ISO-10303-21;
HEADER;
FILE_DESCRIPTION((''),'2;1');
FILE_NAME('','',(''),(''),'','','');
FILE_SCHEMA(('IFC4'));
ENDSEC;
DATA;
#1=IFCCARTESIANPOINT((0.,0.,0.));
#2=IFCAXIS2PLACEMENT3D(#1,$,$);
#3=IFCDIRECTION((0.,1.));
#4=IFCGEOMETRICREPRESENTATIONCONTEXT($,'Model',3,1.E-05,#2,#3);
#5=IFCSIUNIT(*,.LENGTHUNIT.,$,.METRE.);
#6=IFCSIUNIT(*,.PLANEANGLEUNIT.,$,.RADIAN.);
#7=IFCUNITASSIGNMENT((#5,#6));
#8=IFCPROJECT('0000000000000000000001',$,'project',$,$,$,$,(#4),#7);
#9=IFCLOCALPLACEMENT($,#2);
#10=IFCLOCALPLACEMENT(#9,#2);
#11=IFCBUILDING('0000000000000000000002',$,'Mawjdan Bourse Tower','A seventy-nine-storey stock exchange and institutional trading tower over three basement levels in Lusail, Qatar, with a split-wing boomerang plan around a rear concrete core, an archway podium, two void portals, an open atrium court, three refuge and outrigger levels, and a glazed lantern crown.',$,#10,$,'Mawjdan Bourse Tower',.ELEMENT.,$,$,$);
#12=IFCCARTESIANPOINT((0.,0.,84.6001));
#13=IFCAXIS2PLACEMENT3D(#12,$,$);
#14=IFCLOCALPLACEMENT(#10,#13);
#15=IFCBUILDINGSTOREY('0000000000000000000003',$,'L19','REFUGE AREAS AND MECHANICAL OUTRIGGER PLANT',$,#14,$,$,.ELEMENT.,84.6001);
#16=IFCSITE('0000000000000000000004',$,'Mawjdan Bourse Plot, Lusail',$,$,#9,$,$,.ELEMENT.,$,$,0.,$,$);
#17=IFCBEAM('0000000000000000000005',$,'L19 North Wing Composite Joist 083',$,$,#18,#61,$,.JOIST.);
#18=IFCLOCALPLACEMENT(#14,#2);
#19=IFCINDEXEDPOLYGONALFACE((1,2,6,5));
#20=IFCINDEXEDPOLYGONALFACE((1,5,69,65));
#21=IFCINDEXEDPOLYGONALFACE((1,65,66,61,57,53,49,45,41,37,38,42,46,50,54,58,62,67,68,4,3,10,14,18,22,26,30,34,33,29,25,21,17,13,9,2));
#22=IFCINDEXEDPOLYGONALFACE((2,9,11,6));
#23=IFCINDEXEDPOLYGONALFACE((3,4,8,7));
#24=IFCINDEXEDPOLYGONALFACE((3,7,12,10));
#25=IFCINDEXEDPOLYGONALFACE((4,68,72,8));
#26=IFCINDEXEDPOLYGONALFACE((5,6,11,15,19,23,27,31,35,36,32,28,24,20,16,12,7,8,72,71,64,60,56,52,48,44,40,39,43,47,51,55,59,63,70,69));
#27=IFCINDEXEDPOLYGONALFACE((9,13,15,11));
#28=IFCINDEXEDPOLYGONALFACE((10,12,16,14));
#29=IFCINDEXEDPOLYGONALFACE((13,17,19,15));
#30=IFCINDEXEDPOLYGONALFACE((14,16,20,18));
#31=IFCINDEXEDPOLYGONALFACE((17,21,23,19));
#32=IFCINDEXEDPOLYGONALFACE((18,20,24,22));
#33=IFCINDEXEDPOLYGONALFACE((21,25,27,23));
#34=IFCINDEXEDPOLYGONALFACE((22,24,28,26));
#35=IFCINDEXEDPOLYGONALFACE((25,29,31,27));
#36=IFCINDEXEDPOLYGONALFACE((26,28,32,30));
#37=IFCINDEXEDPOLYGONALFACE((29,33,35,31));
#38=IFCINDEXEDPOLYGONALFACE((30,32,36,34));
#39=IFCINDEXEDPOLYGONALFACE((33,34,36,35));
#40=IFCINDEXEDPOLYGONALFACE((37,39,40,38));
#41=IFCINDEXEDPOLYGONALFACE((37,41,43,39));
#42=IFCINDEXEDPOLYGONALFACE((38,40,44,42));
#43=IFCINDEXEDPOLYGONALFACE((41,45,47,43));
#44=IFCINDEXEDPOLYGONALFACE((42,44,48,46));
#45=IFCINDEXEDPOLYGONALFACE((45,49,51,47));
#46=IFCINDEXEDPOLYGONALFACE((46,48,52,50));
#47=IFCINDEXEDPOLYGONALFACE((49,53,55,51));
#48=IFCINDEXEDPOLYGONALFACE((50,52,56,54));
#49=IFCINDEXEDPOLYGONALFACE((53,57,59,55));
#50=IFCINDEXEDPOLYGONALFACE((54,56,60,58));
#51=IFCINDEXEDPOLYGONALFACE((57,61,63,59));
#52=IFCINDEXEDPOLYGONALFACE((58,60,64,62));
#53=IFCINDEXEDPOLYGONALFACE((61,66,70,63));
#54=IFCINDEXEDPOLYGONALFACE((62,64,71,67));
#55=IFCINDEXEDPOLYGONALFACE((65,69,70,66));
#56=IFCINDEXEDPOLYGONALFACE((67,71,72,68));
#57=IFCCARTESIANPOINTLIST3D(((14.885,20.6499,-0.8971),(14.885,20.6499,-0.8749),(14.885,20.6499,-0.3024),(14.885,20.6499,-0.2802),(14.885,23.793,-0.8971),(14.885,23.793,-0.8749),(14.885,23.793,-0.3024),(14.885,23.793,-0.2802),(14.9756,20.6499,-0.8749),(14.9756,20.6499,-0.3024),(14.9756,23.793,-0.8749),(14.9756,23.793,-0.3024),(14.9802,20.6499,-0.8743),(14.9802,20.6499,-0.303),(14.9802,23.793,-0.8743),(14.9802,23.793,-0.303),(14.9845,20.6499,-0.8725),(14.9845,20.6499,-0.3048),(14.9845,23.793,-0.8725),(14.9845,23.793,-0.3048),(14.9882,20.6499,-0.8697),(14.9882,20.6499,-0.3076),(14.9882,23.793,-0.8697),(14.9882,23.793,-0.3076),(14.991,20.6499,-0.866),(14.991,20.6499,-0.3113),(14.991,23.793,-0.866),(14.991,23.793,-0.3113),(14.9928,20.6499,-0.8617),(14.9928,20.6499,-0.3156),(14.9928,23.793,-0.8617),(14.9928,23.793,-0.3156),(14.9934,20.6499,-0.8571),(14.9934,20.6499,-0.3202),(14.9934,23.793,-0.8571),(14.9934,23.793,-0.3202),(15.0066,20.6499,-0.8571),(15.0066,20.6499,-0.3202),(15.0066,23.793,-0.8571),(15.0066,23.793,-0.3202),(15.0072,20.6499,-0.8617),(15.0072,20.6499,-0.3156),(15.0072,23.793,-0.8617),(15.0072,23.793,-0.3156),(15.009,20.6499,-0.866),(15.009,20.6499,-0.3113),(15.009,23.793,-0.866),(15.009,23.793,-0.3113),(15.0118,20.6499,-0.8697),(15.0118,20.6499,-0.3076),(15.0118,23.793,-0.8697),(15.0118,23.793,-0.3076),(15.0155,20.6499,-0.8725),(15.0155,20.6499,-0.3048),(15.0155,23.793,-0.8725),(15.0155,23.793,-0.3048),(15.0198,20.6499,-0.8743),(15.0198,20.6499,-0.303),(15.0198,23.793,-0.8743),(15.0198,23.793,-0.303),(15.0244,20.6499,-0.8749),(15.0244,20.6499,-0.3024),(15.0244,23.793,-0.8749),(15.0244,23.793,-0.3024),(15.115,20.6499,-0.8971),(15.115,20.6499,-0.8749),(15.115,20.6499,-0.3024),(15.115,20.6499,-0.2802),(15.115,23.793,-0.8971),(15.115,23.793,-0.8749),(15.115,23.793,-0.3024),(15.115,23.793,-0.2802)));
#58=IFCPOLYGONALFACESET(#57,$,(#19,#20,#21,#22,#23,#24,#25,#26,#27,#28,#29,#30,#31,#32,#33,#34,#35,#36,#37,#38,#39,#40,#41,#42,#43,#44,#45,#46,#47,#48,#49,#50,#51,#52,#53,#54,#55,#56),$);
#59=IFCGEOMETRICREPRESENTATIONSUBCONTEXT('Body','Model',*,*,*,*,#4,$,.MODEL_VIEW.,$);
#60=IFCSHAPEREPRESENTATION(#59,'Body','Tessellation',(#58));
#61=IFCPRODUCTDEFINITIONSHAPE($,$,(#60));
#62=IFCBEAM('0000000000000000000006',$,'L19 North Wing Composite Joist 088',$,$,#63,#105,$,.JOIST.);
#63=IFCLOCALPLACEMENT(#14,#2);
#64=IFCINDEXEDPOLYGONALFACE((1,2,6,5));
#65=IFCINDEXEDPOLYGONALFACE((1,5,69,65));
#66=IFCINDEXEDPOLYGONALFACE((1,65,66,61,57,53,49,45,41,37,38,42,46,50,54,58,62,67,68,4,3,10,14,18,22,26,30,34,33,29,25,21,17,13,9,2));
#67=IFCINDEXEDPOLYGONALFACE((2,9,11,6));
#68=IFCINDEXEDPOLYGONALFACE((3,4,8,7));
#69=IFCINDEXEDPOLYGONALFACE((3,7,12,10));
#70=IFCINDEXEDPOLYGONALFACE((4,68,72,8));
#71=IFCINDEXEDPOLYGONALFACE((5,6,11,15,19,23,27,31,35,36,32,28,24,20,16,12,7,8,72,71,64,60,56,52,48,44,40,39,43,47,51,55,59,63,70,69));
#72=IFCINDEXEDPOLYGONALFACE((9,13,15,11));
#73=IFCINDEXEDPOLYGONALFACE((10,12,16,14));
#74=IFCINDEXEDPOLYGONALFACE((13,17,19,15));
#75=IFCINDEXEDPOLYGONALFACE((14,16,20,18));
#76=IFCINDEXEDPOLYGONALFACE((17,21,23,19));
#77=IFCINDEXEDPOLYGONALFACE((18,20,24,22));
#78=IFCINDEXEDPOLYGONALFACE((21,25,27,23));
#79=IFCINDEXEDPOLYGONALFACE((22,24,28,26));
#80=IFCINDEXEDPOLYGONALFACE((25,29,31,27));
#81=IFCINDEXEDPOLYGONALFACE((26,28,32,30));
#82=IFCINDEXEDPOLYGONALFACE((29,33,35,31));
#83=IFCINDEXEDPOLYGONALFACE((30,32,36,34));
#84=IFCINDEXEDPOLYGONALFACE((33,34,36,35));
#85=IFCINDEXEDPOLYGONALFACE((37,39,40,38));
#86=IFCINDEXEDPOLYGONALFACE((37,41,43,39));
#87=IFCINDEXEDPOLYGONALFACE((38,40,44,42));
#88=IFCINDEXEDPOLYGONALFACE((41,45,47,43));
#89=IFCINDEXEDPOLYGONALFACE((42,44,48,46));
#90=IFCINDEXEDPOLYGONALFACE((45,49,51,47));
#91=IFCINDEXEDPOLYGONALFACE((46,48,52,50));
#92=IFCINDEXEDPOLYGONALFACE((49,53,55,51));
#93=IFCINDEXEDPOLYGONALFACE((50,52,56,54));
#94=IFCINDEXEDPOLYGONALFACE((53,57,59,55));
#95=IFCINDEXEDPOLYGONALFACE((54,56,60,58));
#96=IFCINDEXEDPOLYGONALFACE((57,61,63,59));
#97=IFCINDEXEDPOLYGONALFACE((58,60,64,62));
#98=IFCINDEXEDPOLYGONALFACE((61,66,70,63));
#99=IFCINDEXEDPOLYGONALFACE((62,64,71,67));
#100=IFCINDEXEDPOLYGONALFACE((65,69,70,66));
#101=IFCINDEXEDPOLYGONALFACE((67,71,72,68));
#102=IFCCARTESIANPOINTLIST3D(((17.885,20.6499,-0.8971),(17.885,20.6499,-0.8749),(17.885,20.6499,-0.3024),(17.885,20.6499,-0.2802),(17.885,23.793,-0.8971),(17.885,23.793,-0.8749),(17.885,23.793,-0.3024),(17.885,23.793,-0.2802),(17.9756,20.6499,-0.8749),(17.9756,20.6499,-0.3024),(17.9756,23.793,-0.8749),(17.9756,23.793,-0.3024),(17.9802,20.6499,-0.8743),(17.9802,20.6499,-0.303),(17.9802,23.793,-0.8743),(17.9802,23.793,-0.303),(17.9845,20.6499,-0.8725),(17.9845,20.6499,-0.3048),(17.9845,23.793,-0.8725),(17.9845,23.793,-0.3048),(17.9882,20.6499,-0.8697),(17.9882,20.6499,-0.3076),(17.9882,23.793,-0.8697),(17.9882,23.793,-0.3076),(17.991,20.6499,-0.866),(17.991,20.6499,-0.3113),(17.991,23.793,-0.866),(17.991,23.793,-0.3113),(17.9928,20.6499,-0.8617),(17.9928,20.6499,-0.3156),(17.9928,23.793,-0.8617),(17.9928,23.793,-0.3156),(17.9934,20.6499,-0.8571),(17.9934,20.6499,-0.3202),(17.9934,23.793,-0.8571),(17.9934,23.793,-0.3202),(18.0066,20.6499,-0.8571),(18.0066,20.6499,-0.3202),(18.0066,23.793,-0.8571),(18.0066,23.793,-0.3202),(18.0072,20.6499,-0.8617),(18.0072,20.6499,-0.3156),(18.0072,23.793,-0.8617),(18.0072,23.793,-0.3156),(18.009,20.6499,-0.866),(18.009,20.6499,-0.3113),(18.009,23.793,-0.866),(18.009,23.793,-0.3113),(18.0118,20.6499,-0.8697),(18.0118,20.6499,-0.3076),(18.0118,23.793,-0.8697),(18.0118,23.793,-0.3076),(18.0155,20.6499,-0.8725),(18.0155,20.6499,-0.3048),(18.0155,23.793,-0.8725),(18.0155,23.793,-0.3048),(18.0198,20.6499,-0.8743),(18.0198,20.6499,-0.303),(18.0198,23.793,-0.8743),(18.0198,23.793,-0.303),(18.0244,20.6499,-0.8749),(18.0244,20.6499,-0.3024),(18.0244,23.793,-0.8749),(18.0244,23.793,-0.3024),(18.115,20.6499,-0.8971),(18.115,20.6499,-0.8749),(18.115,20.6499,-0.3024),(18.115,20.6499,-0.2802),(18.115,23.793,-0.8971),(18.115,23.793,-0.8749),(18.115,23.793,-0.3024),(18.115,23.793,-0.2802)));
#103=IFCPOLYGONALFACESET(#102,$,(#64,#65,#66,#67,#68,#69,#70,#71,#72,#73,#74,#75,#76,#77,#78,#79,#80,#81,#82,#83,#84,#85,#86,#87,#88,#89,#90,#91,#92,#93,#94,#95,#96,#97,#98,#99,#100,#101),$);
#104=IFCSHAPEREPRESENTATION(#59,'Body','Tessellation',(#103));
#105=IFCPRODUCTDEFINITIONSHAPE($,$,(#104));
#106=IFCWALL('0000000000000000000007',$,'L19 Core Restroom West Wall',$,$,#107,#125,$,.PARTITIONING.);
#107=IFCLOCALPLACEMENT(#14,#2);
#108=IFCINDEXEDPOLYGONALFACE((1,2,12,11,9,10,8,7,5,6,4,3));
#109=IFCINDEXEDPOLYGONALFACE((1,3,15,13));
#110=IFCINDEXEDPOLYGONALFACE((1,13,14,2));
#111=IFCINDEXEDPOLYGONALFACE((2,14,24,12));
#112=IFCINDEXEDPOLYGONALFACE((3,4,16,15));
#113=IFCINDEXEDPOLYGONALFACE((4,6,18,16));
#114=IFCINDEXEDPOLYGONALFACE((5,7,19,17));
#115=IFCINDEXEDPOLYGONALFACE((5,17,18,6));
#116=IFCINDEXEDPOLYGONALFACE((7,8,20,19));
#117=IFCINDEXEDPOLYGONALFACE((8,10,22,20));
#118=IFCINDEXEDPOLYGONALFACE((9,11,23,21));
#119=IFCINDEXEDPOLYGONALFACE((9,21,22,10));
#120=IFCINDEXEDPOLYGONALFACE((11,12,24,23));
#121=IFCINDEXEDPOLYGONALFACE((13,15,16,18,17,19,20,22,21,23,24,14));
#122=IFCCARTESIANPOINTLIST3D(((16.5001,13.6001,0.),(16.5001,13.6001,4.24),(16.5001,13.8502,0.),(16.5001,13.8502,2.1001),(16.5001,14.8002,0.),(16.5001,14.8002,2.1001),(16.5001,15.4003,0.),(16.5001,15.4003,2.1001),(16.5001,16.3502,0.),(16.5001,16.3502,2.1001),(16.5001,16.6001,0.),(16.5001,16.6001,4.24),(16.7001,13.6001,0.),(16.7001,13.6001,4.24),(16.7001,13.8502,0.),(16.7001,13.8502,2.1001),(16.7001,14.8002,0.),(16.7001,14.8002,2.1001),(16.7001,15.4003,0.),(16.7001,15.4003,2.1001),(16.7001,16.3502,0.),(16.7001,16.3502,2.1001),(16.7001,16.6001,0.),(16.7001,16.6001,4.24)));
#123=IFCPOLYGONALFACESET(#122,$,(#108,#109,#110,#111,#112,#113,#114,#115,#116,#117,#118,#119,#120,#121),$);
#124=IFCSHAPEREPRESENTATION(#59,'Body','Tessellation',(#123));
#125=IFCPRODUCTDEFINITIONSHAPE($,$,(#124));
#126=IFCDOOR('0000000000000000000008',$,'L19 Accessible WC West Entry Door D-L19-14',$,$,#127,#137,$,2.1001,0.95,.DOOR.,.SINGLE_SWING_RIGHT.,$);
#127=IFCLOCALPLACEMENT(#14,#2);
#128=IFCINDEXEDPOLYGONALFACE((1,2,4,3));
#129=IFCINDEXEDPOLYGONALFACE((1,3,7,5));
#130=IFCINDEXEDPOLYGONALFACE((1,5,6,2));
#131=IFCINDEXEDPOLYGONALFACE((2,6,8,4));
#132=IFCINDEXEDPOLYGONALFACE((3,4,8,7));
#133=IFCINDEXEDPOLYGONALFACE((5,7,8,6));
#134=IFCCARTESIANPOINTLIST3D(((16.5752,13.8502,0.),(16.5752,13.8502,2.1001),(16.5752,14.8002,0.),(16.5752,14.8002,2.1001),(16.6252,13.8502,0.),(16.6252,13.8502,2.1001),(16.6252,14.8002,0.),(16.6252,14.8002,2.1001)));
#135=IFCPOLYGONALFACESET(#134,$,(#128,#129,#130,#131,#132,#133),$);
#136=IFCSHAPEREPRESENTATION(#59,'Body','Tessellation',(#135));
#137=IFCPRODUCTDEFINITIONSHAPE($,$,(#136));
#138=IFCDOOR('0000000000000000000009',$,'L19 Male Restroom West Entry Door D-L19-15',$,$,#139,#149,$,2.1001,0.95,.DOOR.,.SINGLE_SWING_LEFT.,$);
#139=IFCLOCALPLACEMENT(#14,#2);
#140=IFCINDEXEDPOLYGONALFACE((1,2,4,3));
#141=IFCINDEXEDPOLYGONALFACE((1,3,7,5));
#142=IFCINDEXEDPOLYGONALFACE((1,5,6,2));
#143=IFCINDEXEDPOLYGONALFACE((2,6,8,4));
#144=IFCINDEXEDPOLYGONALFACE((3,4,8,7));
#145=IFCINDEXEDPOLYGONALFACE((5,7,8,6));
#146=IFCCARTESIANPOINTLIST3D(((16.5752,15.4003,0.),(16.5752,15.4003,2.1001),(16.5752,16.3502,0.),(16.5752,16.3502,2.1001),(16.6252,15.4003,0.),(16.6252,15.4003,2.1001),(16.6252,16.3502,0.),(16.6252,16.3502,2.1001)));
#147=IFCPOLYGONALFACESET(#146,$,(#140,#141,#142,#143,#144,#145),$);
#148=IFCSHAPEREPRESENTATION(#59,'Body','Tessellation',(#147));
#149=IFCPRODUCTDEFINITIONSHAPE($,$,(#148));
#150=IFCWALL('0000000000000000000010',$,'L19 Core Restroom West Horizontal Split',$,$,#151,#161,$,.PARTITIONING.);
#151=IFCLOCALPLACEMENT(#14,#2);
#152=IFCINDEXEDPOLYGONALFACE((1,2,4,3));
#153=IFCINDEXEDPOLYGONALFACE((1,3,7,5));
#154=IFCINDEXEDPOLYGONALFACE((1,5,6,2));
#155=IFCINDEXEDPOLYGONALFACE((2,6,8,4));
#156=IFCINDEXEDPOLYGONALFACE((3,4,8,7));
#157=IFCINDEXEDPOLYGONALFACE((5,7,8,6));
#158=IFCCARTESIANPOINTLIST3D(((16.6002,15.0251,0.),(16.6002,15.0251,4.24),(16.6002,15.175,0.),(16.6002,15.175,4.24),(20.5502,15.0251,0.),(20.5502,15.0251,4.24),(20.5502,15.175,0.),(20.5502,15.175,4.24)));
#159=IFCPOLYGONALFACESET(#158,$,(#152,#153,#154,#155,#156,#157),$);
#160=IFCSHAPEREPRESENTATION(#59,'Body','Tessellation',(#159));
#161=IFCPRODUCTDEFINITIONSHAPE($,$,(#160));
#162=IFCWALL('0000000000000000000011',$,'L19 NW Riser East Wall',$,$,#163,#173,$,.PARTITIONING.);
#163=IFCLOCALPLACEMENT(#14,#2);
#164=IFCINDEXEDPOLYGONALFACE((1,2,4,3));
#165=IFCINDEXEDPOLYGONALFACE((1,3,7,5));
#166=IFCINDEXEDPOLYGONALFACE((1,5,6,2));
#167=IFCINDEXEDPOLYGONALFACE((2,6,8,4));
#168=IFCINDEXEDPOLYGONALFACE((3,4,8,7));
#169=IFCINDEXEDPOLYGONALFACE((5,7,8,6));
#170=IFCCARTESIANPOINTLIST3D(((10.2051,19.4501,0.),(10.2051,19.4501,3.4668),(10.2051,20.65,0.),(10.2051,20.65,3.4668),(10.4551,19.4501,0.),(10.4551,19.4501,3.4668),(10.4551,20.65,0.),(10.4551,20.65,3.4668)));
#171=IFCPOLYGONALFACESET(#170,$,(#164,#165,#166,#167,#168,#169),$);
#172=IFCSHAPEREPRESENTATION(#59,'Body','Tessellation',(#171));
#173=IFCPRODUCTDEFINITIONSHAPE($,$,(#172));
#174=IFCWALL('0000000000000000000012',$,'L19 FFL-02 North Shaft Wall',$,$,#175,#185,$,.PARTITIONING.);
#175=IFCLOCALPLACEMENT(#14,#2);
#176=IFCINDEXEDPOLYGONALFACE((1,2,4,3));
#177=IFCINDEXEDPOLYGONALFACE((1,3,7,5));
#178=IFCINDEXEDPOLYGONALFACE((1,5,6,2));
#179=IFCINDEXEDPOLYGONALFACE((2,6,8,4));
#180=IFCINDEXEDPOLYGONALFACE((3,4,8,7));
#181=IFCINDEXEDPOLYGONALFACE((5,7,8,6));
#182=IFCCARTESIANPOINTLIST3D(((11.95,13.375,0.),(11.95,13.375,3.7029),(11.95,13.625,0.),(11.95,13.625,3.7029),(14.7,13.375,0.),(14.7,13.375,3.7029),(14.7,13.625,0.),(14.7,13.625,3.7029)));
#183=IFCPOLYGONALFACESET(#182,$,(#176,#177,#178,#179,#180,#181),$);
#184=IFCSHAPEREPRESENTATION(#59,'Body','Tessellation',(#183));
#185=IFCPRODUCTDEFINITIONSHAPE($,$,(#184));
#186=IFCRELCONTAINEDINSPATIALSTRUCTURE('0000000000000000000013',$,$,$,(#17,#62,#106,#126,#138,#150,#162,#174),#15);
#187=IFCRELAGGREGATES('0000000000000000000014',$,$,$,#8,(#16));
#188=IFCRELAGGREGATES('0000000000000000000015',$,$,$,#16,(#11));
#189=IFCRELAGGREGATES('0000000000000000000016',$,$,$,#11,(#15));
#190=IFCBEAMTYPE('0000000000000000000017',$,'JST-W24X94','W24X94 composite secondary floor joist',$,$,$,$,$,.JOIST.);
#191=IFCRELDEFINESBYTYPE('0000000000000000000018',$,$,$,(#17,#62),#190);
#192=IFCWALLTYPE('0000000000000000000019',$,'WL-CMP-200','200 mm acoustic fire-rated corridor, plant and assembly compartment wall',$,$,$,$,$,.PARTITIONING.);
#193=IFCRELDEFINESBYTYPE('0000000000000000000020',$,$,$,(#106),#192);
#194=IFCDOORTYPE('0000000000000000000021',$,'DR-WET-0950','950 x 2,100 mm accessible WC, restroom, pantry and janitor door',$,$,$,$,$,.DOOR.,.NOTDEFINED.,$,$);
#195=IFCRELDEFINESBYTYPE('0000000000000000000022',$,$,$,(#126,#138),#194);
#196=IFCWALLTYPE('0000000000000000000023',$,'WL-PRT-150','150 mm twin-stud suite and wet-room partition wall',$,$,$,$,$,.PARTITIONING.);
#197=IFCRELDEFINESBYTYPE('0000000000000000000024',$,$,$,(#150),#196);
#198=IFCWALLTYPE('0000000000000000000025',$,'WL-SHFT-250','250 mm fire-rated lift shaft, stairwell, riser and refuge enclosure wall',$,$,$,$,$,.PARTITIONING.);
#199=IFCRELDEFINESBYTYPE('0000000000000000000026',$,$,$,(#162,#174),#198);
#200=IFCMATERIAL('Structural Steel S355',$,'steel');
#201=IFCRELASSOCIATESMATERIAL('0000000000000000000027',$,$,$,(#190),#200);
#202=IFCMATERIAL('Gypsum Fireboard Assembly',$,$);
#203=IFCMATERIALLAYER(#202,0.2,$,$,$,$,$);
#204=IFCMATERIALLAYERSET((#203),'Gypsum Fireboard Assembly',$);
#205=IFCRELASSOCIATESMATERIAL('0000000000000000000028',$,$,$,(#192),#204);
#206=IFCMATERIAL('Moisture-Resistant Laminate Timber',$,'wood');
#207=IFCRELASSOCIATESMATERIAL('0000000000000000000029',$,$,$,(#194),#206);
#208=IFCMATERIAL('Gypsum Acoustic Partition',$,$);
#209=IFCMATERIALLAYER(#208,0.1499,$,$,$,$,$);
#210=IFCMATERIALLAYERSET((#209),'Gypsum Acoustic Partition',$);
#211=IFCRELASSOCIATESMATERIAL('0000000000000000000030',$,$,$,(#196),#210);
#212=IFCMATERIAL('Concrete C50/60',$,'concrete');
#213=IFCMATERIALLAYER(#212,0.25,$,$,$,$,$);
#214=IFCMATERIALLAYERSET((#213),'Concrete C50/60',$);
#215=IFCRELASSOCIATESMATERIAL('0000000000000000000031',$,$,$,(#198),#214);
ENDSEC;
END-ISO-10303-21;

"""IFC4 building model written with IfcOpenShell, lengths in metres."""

from ifc_helpers import new_model, si_unit, direction, frame, frame_2d, origin, origin_2d, place, context, subcontext, project, spatial, rectangle, i_section, extrude, material, layer, layer_set, material_profile, profile_set, type_object, element, fill, save


model = new_model("IFC4")

# Units and contexts
model_context = context("Model", 3, precision=1e-05, world=origin(), true_north=direction((0.0, 1.0)))
body_context = subcontext(model_context, "Body", "Model", "MODEL_VIEW")
ifc_project = project(units=[si_unit("LENGTHUNIT", "METRE"), si_unit("PLANEANGLEUNIT", "RADIAN")], contexts=[model_context])

# Site, building, storey
site_placement = place(None, origin())
site = spatial("IfcSite", under=ifc_project, at=site_placement, Name="Mawjdan Bourse Plot, Lusail", CompositionType="ELEMENT", RefElevation=0.0)
building_placement = place(site_placement, origin())
building = spatial("IfcBuilding", under=site, at=building_placement, Name="Mawjdan Bourse Tower", Description="A seventy-nine-storey stock exchange and institutional trading tower over three basement levels in Lusail, Qatar, with a split-wing boomerang plan around a rear concrete core, an archway podium, two void portals, an open atrium court, three refuge and outrigger levels, and a glazed lantern crown.", LongName="Mawjdan Bourse Tower", CompositionType="ELEMENT")
storey_placement = place(building_placement, frame((0.0, 0.0, 84.6001)))
storey = spatial("IfcBuildingStorey", under=building, at=storey_placement, Name="L19", Description="REFUGE AREAS AND MECHANICAL OUTRIGGER PLANT", CompositionType="ELEMENT", Elevation=84.6001)

# Beams
ifc_material_1 = material(Name="Structural Steel S355", Category="steel")
ifc_material_profile_1 = material_profile(ifc_material_1, i_section(OverallWidth=0.23, OverallDepth=0.6169, WebThickness=0.0132, FlangeThickness=0.0222, FilletRadius=0.0178, at=origin_2d()), Name="W24X94")
ifc_profile_set_1 = profile_set([ifc_material_profile_1], Name="Structural Steel S355")
beam_type_1 = type_object("IfcBeamType", Name="JST-W24X94", Description="W24X94 composite secondary floor joist", PredefinedType="JOIST", material=ifc_profile_set_1)
for number, where, z_axis, x_axis, name in (
    (1, (15.0, 20.6499, -0.5886), (0.0, 1.0, 0.0), (-1.0, 0.0, 0.0), "L19 North Wing Composite Joist 083"),
    (2, (18.0, 20.6499, -0.5886), (0.0, 1.0, 0.0), (-1.0, 0.0, 0.0), "L19 North Wing Composite Joist 088"),
):
    element("IfcBeam", number, at=place(storey_placement, frame(where, z_axis=z_axis, x_axis=x_axis)), inside=storey, type_object=beam_type_1, Name=name, PredefinedType="JOIST", context=body_context, shape_type="SweptSolid", body=[
        extrude(i_section(OverallWidth=0.23, OverallDepth=0.6169, WebThickness=0.0132, FlangeThickness=0.0222, FilletRadius=0.0178, at=origin_2d()), origin(), (0.0, 0.0, 1.0), 3.1431),
    ])

# Wall, openings, doors
ifc_material_2 = material(Name="Gypsum Fireboard Assembly")
ifc_layer_1 = layer(ifc_material_2, 0.2)
ifc_layer_set_1 = layer_set([ifc_layer_1], Name="Gypsum Fireboard Assembly")
wall_type_1 = type_object("IfcWallType", Name="WL-CMP-200", Description="200 mm acoustic fire-rated corridor, plant and assembly compartment wall", PredefinedType="PARTITIONING", material=ifc_layer_set_1)
wall_1_placement = place(storey_placement, frame((16.6001, 13.6001, 0.0), z_axis=(0.0, 0.0, 1.0), x_axis=(0.0, 1.0, 0.0)))
wall_1 = element("IfcWall", 3, at=wall_1_placement, inside=storey, type_object=wall_type_1, Name="L19 Core Restroom West Wall", PredefinedType="PARTITIONING", context=body_context, shape_type="SweptSolid", body=[
    extrude(rectangle(XDim=3.0, YDim=0.2, at=frame_2d((1.5, 0.0))), origin(), (0.0, 0.0, 1.0), 4.24),
])
opening_1_placement = place(wall_1_placement, frame((0.25, 0.0, 0.0)))
opening_1 = element("IfcOpeningElement", 4, at=opening_1_placement, cuts=wall_1, PredefinedType="OPENING", context=body_context, shape_type="SweptSolid", body=[
    extrude(rectangle(XDim=0.95, YDim=2.1001, at=frame_2d((0.4751, 1.05))), frame((0.0, 0.1099, 0.0), z_axis=(0.0, -1.0, 0.0), x_axis=(1.0, 0.0, 0.0)), (0.0, 0.0, 1.0), 0.22),
])
opening_2_placement = place(wall_1_placement, frame((1.8, 0.0, 0.0)))
opening_2 = element("IfcOpeningElement", 5, at=opening_2_placement, cuts=wall_1, PredefinedType="OPENING", context=body_context, shape_type="SweptSolid", body=[
    extrude(rectangle(XDim=0.95, YDim=2.1001, at=frame_2d((0.4751, 1.05))), frame((0.0, 0.1099, 0.0), z_axis=(0.0, -1.0, 0.0), x_axis=(1.0, 0.0, 0.0)), (0.0, 0.0, 1.0), 0.22),
])
ifc_material_3 = material(Name="Moisture-Resistant Laminate Timber", Category="wood")
door_type_1 = type_object("IfcDoorType", Name="DR-WET-0950", Description="950 x 2,100 mm accessible WC, restroom, pantry and janitor door", OperationType="NOTDEFINED", PredefinedType="DOOR", material=ifc_material_3)
door_1_placement = place(opening_1_placement, origin())
door_1 = element("IfcDoor", 6, at=door_1_placement, inside=storey, type_object=door_type_1, Name="L19 Accessible WC West Entry Door D-L19-14", OperationType="SINGLE_SWING_RIGHT", OverallHeight=2.1001, OverallWidth=0.95, PredefinedType="DOOR", context=body_context, shape_type="SweptSolid", body=[
    extrude(rectangle(XDim=0.95, YDim=2.1001, at=frame_2d((0.4751, 1.05))), frame((0.0, 0.0249, 0.0), z_axis=(0.0, -1.0, 0.0), x_axis=(1.0, 0.0, 0.0)), (0.0, 0.0, 1.0), 0.05),
])
fill(opening_1, door_1)
door_2_placement = place(opening_2_placement, origin())
door_2 = element("IfcDoor", 7, at=door_2_placement, inside=storey, type_object=door_type_1, Name="L19 Male Restroom West Entry Door D-L19-15", OperationType="SINGLE_SWING_LEFT", OverallHeight=2.1001, OverallWidth=0.95, PredefinedType="DOOR", context=body_context, shape_type="SweptSolid", body=[
    extrude(rectangle(XDim=0.95, YDim=2.1001, at=frame_2d((0.4751, 1.05))), frame((0.0, 0.0249, 0.0), z_axis=(0.0, -1.0, 0.0), x_axis=(1.0, 0.0, 0.0)), (0.0, 0.0, 1.0), 0.05),
])
fill(opening_2, door_2)

# Walls
ifc_material_4 = material(Name="Gypsum Acoustic Partition")
ifc_layer_2 = layer(ifc_material_4, 0.1499)
ifc_layer_set_2 = layer_set([ifc_layer_2], Name="Gypsum Acoustic Partition")
wall_type_2 = type_object("IfcWallType", Name="WL-PRT-150", Description="150 mm twin-stud suite and wet-room partition wall", PredefinedType="PARTITIONING", material=ifc_layer_set_2)
wall_2_placement = place(storey_placement, frame((16.6001, 15.1001, 0.0), z_axis=(0.0, 0.0, 1.0), x_axis=(1.0, 0.0, 0.0)))
element("IfcWall", 8, at=wall_2_placement, inside=storey, type_object=wall_type_2, Name="L19 Core Restroom West Horizontal Split", PredefinedType="PARTITIONING", context=body_context, shape_type="SweptSolid", body=[
    extrude(rectangle(XDim=3.95, YDim=0.1499, at=frame_2d((1.9751, 0.0))), origin(), (0.0, 0.0, 1.0), 4.24),
])
ifc_material_5 = material(Name="Concrete C50/60", Category="concrete")
ifc_layer_3 = layer(ifc_material_5, 0.25)
ifc_layer_set_3 = layer_set([ifc_layer_3], Name="Concrete C50/60")
wall_type_3 = type_object("IfcWallType", Name="WL-SHFT-250", Description="250 mm fire-rated lift shaft, stairwell, riser and refuge enclosure wall", PredefinedType="PARTITIONING", material=ifc_layer_set_3)
wall_3_placement = place(storey_placement, frame((10.3301, 19.45, 0.0), z_axis=(0.0, 0.0, 1.0), x_axis=(0.0, 1.0, 0.0)))
element("IfcWall", 9, at=wall_3_placement, inside=storey, type_object=wall_type_3, Name="L19 NW Riser East Wall", PredefinedType="PARTITIONING", context=body_context, shape_type="SweptSolid", body=[
    extrude(rectangle(XDim=1.2, YDim=0.25, at=frame_2d((0.6001, 0.0))), origin(), (0.0, 0.0, 1.0), 3.4668),
])
wall_4_placement = place(storey_placement, frame((11.95, 13.5, 0.0), z_axis=(0.0, 0.0, 1.0), x_axis=(1.0, 0.0, 0.0)))
element("IfcWall", 10, at=wall_4_placement, inside=storey, type_object=wall_type_3, Name="L19 FFL-02 North Shaft Wall", PredefinedType="PARTITIONING", context=body_context, shape_type="SweptSolid", body=[
    extrude(rectangle(XDim=2.75, YDim=0.25, at=frame_2d((1.375, 0.0))), origin(), (0.0, 0.0, 1.0), 3.7029),
])

save(model, "model.ifc")
